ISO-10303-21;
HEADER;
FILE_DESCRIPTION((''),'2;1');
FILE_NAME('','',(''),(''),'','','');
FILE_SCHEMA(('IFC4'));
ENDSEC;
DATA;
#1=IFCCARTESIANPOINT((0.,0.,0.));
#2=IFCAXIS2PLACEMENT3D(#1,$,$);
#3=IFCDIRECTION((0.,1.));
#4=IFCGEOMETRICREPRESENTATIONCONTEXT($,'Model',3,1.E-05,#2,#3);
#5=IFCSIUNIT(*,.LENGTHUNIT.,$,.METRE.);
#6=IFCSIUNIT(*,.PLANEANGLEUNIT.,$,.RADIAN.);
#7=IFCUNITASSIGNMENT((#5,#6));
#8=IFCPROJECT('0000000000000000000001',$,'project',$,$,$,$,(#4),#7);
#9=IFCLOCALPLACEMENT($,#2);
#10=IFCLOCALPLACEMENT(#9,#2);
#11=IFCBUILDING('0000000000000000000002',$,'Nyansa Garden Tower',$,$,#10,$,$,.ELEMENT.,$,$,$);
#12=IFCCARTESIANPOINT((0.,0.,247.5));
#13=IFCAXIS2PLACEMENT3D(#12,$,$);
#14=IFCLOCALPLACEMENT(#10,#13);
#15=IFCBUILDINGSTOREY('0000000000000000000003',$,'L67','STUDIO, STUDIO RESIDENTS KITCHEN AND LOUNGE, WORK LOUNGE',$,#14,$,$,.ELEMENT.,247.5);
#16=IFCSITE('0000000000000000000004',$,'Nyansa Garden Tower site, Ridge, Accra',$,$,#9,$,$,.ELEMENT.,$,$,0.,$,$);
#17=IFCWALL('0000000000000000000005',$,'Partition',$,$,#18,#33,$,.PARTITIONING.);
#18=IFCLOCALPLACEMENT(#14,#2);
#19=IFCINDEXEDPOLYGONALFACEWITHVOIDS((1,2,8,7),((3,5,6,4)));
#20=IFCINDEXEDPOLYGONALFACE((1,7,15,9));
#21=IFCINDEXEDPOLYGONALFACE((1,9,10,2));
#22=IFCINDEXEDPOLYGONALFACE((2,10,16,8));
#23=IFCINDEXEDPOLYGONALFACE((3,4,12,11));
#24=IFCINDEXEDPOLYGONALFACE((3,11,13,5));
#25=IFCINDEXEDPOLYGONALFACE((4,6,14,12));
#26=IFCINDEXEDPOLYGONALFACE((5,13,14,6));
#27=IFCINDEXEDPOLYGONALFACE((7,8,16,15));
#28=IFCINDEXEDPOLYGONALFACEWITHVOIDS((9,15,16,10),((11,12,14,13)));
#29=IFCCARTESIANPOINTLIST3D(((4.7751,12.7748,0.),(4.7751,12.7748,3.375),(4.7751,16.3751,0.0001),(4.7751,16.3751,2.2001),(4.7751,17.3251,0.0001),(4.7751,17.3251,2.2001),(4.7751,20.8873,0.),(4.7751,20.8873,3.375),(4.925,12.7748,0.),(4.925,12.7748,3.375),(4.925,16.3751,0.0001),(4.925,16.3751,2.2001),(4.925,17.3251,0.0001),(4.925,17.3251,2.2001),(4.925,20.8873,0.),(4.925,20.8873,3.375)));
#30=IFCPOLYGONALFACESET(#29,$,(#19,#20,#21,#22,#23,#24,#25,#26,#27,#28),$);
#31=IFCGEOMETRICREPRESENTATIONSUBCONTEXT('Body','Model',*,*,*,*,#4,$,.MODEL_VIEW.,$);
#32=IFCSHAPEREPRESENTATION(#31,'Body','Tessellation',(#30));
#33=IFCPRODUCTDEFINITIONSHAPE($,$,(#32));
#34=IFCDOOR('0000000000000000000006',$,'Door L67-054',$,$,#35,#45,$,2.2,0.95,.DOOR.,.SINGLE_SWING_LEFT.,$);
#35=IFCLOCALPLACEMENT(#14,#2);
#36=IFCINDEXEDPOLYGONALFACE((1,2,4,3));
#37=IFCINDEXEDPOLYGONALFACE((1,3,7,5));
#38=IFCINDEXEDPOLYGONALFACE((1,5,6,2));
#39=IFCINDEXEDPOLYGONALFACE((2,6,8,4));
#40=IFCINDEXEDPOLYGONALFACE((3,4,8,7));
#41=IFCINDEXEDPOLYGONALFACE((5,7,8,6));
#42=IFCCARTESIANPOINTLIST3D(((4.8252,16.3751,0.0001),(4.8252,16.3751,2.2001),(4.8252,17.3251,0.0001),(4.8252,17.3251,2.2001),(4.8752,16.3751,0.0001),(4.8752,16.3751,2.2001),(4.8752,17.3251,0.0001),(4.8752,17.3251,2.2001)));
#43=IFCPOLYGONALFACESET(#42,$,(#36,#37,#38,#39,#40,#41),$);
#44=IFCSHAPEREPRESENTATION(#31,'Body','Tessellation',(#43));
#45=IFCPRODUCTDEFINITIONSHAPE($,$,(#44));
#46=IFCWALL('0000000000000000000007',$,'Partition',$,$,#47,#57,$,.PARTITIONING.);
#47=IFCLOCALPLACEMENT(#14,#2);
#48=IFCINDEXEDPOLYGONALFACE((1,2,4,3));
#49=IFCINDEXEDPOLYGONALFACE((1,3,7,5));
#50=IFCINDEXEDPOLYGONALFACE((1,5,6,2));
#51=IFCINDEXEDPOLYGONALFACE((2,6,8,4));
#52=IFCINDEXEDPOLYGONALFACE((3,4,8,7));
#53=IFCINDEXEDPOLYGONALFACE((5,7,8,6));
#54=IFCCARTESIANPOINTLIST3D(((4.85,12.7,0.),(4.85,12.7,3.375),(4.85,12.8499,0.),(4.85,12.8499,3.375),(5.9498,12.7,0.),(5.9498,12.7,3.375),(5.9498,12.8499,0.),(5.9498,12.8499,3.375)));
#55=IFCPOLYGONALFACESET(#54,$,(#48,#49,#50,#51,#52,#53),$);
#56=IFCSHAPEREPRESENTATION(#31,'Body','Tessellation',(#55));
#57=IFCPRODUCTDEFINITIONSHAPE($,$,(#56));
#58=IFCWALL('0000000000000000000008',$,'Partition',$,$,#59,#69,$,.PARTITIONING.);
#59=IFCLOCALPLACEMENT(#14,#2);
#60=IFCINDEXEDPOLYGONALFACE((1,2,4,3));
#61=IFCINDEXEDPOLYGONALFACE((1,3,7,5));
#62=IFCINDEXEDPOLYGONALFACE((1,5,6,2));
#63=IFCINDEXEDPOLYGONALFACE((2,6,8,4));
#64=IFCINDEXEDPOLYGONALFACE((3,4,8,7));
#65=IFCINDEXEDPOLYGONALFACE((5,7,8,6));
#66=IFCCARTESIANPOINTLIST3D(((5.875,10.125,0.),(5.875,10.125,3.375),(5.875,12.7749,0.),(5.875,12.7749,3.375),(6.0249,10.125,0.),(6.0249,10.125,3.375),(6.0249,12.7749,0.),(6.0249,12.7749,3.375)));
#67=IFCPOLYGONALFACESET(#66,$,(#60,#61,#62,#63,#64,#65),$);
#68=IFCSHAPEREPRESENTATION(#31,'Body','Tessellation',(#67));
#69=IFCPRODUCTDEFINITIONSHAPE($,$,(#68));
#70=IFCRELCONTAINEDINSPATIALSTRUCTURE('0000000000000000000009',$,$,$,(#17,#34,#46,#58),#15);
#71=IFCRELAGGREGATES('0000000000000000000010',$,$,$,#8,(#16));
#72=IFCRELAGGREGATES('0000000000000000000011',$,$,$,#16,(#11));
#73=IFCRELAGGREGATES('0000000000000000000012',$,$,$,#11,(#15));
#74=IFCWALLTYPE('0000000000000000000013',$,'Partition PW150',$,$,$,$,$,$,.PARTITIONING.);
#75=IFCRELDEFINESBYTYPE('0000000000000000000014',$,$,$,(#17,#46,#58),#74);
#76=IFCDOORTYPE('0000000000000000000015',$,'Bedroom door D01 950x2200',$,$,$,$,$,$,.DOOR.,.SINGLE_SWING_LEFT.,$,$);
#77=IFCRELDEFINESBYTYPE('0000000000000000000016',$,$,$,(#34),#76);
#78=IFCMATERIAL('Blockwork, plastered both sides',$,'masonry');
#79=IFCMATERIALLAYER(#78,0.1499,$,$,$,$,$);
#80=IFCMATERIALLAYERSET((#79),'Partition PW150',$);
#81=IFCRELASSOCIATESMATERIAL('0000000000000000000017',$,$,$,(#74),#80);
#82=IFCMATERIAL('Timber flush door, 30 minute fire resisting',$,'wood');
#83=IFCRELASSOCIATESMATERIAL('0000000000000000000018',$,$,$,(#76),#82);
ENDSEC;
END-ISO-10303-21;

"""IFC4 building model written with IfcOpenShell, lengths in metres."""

from ifc_helpers import new_model, si_unit, direction, frame, frame_2d, origin, place, context, subcontext, project, spatial, rectangle, extrude, material, layer, layer_set, type_object, element, fill, save


model = new_model("IFC4")

# Units and contexts
model_context = context("Model", 3, precision=1e-05, world=origin(), true_north=direction((0.0, 1.0)))
body_context = subcontext(model_context, "Body", "Model", "MODEL_VIEW")
ifc_project = project(units=[si_unit("LENGTHUNIT", "METRE"), si_unit("PLANEANGLEUNIT", "RADIAN")], contexts=[model_context])

# Site, building, storey
site_placement = place(None, origin())
site = spatial("IfcSite", under=ifc_project, at=site_placement, Name="Nyansa Garden Tower site, Ridge, Accra", CompositionType="ELEMENT", RefElevation=0.0)
building_placement = place(site_placement, origin())
building = spatial("IfcBuilding", under=site, at=building_placement, Name="Nyansa Garden Tower", CompositionType="ELEMENT")
storey_placement = place(building_placement, frame((0.0, 0.0, 247.5)))
storey = spatial("IfcBuildingStorey", under=building, at=storey_placement, Name="L67", Description="STUDIO, STUDIO RESIDENTS KITCHEN AND LOUNGE, WORK LOUNGE", CompositionType="ELEMENT", Elevation=247.5)

# Shared definitions
ifc_material_1 = material(Name="Blockwork, plastered both sides", Category="masonry")
ifc_layer = layer(ifc_material_1, 0.1499)
ifc_layer_set = layer_set([ifc_layer], Name="Partition PW150")
wall_type = type_object("IfcWallType", Name="Partition PW150", PredefinedType="PARTITIONING", material=ifc_layer_set)

# Wall, opening, door
wall_1_placement = place(storey_placement, frame((4.8501, 12.7749, 0.0), z_axis=(0.0, 0.0, 1.0), x_axis=(0.0, 1.0, 0.0)))
wall_1 = element("IfcWall", 1, at=wall_1_placement, inside=storey, type_object=wall_type, Name="Partition", PredefinedType="PARTITIONING", context=body_context, shape_type="SweptSolid", body=[
    extrude(rectangle(XDim=8.1125, YDim=0.1499, at=frame_2d((4.0562, 0.0))), origin(), (0.0, 0.0, 1.0), 3.375),
])
opening_1_placement = place(wall_1_placement, frame((3.6001, 0.0, 0.0)))
opening_1 = element("IfcOpeningElement", 2, at=opening_1_placement, cuts=wall_1, PredefinedType="OPENING", context=body_context, shape_type="SweptSolid", body=[
    extrude(rectangle(XDim=0.95, YDim=2.2, at=frame_2d((0.4751, 1.1001))), frame((0.0, 0.085, 0.0), z_axis=(0.0, -1.0, 0.0), x_axis=(1.0, 0.0, 0.0)), (0.0, 0.0, 1.0), 0.1699),
])
ifc_material_2 = material(Name="Timber flush door, 30 minute fire resisting", Category="wood")
door_type_1 = type_object("IfcDoorType", Name="Bedroom door D01 950x2200", OperationType="SINGLE_SWING_LEFT", PredefinedType="DOOR", material=ifc_material_2)
door_1_placement = place(opening_1_placement, origin())
door_1 = element("IfcDoor", 3, at=door_1_placement, inside=storey, type_object=door_type_1, Name="Door L67-054", OperationType="SINGLE_SWING_LEFT", OverallHeight=2.2, OverallWidth=0.95, PredefinedType="DOOR", context=body_context, shape_type="SweptSolid", body=[
    extrude(rectangle(XDim=0.95, YDim=2.2, at=frame_2d((0.4751, 1.1001))), frame((0.0, 0.0249, 0.0), z_axis=(0.0, -1.0, 0.0), x_axis=(1.0, 0.0, 0.0)), (0.0, 0.0, 1.0), 0.05),
])
fill(opening_1, door_1)

# Walls
wall_2_placement = place(storey_placement, frame((4.8501, 12.7749, 0.0), z_axis=(0.0, 0.0, 1.0), x_axis=(1.0, 0.0, 0.0)))
element("IfcWall", 4, at=wall_2_placement, inside=storey, type_object=wall_type, Name="Partition", PredefinedType="PARTITIONING", context=body_context, shape_type="SweptSolid", body=[
    extrude(rectangle(XDim=1.0999, YDim=0.1499, at=frame_2d((0.5498, 0.0))), origin(), (0.0, 0.0, 1.0), 3.375),
])
wall_3_placement = place(storey_placement, frame((5.95, 10.125, 0.0), z_axis=(0.0, 0.0, 1.0), x_axis=(0.0, 1.0, 0.0)))
element("IfcWall", 5, at=wall_3_placement, inside=storey, type_object=wall_type, Name="Partition", PredefinedType="PARTITIONING", context=body_context, shape_type="SweptSolid", body=[
    extrude(rectangle(XDim=2.6499, YDim=0.1499, at=frame_2d((1.325, 0.0))), origin(), (0.0, 0.0, 1.0), 3.375),
])

save(model, "model.ifc")
